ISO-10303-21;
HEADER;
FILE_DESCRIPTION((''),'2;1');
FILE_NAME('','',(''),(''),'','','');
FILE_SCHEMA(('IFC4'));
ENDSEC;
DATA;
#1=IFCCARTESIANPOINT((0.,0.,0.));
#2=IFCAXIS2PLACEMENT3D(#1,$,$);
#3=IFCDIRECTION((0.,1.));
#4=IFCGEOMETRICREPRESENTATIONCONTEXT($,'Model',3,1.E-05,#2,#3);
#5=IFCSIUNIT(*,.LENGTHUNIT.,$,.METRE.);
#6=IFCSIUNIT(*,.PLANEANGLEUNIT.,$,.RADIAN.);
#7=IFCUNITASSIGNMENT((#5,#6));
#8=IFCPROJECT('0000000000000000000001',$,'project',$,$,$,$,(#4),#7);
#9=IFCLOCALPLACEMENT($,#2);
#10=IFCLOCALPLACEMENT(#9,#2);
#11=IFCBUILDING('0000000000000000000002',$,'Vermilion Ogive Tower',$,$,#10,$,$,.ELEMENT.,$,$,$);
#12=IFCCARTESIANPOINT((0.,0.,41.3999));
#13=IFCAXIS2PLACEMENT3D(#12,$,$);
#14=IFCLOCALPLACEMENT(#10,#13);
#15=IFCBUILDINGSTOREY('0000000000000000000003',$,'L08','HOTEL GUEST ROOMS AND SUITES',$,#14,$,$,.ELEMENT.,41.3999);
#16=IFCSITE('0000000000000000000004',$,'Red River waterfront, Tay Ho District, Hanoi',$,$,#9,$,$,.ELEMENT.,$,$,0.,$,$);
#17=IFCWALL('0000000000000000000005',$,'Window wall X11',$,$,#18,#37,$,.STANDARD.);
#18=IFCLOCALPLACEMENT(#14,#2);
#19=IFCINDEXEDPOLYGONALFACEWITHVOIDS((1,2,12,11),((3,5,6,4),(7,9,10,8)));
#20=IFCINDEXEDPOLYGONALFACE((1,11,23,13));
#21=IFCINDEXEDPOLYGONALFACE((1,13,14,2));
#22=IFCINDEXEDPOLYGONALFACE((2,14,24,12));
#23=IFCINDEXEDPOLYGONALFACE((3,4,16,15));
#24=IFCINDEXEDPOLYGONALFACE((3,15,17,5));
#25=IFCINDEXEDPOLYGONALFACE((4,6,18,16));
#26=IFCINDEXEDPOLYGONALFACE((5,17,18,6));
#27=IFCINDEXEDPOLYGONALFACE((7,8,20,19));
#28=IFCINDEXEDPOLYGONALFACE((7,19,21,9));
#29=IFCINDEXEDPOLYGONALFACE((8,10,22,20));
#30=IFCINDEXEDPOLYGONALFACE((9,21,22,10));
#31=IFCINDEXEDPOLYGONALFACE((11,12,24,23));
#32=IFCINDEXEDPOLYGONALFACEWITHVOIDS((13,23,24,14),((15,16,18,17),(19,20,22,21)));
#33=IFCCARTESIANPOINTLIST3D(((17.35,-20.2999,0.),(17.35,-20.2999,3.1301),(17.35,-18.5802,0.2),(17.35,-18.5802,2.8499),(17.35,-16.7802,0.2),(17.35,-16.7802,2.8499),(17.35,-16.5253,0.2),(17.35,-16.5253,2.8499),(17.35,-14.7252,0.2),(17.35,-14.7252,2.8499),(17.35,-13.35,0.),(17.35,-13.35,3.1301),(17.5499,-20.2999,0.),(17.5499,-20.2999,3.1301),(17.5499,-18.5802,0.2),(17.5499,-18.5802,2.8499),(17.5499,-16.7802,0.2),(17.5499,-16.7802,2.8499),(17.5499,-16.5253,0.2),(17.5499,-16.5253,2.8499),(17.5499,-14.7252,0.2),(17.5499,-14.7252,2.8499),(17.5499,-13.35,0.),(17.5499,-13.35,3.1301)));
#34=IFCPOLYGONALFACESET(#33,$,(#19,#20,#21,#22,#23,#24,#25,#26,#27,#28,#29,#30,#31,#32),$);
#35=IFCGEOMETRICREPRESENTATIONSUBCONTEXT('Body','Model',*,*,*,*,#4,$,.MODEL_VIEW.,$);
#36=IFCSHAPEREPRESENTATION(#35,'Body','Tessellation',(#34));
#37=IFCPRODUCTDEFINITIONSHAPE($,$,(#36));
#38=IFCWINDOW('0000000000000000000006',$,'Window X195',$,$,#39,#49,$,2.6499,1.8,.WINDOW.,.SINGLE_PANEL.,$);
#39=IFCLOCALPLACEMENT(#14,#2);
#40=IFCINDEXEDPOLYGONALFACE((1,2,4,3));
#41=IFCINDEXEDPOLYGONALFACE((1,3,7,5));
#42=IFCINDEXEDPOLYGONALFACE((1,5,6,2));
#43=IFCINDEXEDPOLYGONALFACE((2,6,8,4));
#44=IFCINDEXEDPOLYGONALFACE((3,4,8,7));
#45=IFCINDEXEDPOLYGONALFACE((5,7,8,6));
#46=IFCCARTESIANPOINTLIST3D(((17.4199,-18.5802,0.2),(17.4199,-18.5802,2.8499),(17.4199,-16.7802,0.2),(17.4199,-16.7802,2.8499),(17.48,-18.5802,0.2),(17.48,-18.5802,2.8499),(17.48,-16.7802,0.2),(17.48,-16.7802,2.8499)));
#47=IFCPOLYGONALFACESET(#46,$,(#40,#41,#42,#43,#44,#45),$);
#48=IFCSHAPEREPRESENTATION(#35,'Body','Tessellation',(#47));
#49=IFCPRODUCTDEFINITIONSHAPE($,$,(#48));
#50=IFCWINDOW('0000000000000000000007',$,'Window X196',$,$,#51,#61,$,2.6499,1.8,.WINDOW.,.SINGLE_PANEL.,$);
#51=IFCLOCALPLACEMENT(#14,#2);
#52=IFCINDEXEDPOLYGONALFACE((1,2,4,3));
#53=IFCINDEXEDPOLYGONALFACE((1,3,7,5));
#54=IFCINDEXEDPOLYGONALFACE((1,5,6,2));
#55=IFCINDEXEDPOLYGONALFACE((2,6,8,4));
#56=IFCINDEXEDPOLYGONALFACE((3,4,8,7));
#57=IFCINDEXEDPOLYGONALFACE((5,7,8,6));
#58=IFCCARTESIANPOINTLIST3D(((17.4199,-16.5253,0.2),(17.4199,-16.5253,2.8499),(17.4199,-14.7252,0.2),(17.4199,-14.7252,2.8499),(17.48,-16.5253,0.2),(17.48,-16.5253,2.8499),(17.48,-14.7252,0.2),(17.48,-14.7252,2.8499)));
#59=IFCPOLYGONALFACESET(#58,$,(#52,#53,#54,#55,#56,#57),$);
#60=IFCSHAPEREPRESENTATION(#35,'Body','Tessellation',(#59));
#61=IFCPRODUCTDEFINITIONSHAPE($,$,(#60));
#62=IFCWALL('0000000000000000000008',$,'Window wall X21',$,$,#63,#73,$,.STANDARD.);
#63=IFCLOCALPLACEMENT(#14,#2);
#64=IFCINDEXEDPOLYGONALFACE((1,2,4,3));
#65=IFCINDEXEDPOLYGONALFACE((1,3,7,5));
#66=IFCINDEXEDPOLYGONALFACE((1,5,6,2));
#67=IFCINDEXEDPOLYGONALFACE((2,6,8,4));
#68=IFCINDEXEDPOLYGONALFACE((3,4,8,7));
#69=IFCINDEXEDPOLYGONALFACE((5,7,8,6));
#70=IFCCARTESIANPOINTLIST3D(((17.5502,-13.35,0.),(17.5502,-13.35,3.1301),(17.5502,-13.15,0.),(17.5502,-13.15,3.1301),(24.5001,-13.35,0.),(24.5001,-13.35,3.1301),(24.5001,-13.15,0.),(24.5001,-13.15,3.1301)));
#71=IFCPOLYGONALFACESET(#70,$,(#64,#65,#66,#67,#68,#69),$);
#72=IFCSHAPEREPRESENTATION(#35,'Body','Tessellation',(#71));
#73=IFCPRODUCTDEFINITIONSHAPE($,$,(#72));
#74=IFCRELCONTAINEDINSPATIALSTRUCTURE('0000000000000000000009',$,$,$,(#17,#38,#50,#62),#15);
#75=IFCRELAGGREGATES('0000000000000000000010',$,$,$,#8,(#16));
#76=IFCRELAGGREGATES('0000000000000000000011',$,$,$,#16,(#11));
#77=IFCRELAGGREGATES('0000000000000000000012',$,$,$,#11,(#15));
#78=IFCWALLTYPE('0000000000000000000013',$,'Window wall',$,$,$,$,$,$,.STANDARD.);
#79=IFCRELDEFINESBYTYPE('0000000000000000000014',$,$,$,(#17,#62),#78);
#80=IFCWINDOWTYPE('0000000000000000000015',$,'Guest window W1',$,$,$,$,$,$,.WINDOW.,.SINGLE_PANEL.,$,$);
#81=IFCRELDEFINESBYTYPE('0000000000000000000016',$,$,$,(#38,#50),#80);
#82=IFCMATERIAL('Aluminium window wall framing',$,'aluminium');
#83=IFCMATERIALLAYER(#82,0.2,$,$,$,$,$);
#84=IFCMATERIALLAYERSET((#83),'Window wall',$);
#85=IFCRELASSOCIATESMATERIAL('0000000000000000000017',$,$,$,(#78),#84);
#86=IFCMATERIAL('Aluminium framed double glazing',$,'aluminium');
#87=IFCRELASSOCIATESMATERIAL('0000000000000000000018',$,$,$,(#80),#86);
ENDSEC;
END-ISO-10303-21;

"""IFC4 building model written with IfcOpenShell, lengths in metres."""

from ifc_helpers import new_model, si_unit, direction, frame, frame_2d, origin, place, context, subcontext, project, spatial, rectangle, extrude, material, layer, layer_set, type_object, element, fill, save


model = new_model("IFC4")

# Units and contexts
model_context = context("Model", 3, precision=1e-05, world=origin(), true_north=direction((0.0, 1.0)))
body_context = subcontext(model_context, "Body", "Model", "MODEL_VIEW")
ifc_project = project(units=[si_unit("LENGTHUNIT", "METRE"), si_unit("PLANEANGLEUNIT", "RADIAN")], contexts=[model_context])

# Site, building, storey
site_placement = place(None, origin())
site = spatial("IfcSite", under=ifc_project, at=site_placement, Name="Red River waterfront, Tay Ho District, Hanoi", CompositionType="ELEMENT", RefElevation=0.0)
building_placement = place(site_placement, origin())
building = spatial("IfcBuilding", under=site, at=building_placement, Name="Vermilion Ogive Tower", CompositionType="ELEMENT")
storey_placement = place(building_placement, frame((0.0, 0.0, 41.3999)))
storey = spatial("IfcBuildingStorey", under=building, at=storey_placement, Name="L08", Description="HOTEL GUEST ROOMS AND SUITES", CompositionType="ELEMENT", Elevation=41.3999)

# Wall, openings, windows
ifc_material_1 = material(Name="Aluminium window wall framing", Category="aluminium")
ifc_layer_1 = layer(ifc_material_1, 0.2)
ifc_layer_set_1 = layer_set([ifc_layer_1], Name="Window wall")
wall_type_1 = type_object("IfcWallType", Name="Window wall", PredefinedType="STANDARD", material=ifc_layer_set_1)
wall_1_placement = place(storey_placement, frame((17.45, -20.3, 0.0), z_axis=(0.0, 0.0, 1.0), x_axis=(0.0, 1.0, 0.0)))
wall_1 = element("IfcWall", 1, at=wall_1_placement, inside=storey, type_object=wall_type_1, Name="Window wall X11", PredefinedType="STANDARD", context=body_context, shape_type="SweptSolid", body=[
    extrude(rectangle(XDim=6.95, YDim=0.2, at=frame_2d((3.4751, 0.0))), origin(), (0.0, 0.0, 1.0), 3.1301),
])
opening_1_placement = place(wall_1_placement, frame((1.72, 0.0, 0.2)))
opening_1 = element("IfcOpeningElement", 2, at=opening_1_placement, cuts=wall_1, PredefinedType="OPENING", context=body_context, shape_type="SweptSolid", body=[
    extrude(rectangle(XDim=1.8, YDim=2.6499, at=frame_2d((0.8999, 1.325))), frame((0.0, 0.1099, 0.0), z_axis=(0.0, -1.0, 0.0), x_axis=(1.0, 0.0, 0.0)), (0.0, 0.0, 1.0), 0.22),
])
opening_2_placement = place(wall_1_placement, frame((3.7749, 0.0, 0.2)))
opening_2 = element("IfcOpeningElement", 3, at=opening_2_placement, cuts=wall_1, PredefinedType="OPENING", context=body_context, shape_type="SweptSolid", body=[
    extrude(rectangle(XDim=1.8, YDim=2.6499, at=frame_2d((0.8999, 1.325))), frame((0.0, 0.1099, 0.0), z_axis=(0.0, -1.0, 0.0), x_axis=(1.0, 0.0, 0.0)), (0.0, 0.0, 1.0), 0.22),
])
ifc_material_2 = material(Name="Aluminium framed double glazing", Category="aluminium")
window_type = type_object("IfcWindowType", Name="Guest window W1", PartitioningType="SINGLE_PANEL", PredefinedType="WINDOW", material=ifc_material_2)
window_1_placement = place(opening_1_placement, origin())
window_1 = element("IfcWindow", 4, at=window_1_placement, inside=storey, type_object=window_type, Name="Window X195", OverallHeight=2.6499, OverallWidth=1.8, PartitioningType="SINGLE_PANEL", PredefinedType="WINDOW", context=body_context, shape_type="SweptSolid", body=[
    extrude(rectangle(XDim=1.8, YDim=2.6499, at=frame_2d((0.8999, 1.325))), frame((0.0, 0.03, 0.0), z_axis=(0.0, -1.0, 0.0), x_axis=(1.0, 0.0, 0.0)), (0.0, 0.0, 1.0), 0.0601),
])
fill(opening_1, window_1)
window_2_placement = place(opening_2_placement, origin())
window_2 = element("IfcWindow", 5, at=window_2_placement, inside=storey, type_object=window_type, Name="Window X196", OverallHeight=2.6499, OverallWidth=1.8, PartitioningType="SINGLE_PANEL", PredefinedType="WINDOW", context=body_context, shape_type="SweptSolid", body=[
    extrude(rectangle(XDim=1.8, YDim=2.6499, at=frame_2d((0.8999, 1.325))), frame((0.0, 0.03, 0.0), z_axis=(0.0, -1.0, 0.0), x_axis=(1.0, 0.0, 0.0)), (0.0, 0.0, 1.0), 0.0601),
])
fill(opening_2, window_2)

# Wall
wall_2_placement = place(storey_placement, frame((17.55, -13.25, 0.0), z_axis=(0.0, 0.0, 1.0), x_axis=(1.0, 0.0, 0.0)))
element("IfcWall", 6, at=wall_2_placement, inside=storey, type_object=wall_type_1, Name="Window wall X21", PredefinedType="STANDARD", context=body_context, shape_type="SweptSolid", body=[
    extrude(rectangle(XDim=6.95, YDim=0.2, at=frame_2d((3.4751, 0.0))), origin(), (0.0, 0.0, 1.0), 3.1301),
])

save(model, "model.ifc")
